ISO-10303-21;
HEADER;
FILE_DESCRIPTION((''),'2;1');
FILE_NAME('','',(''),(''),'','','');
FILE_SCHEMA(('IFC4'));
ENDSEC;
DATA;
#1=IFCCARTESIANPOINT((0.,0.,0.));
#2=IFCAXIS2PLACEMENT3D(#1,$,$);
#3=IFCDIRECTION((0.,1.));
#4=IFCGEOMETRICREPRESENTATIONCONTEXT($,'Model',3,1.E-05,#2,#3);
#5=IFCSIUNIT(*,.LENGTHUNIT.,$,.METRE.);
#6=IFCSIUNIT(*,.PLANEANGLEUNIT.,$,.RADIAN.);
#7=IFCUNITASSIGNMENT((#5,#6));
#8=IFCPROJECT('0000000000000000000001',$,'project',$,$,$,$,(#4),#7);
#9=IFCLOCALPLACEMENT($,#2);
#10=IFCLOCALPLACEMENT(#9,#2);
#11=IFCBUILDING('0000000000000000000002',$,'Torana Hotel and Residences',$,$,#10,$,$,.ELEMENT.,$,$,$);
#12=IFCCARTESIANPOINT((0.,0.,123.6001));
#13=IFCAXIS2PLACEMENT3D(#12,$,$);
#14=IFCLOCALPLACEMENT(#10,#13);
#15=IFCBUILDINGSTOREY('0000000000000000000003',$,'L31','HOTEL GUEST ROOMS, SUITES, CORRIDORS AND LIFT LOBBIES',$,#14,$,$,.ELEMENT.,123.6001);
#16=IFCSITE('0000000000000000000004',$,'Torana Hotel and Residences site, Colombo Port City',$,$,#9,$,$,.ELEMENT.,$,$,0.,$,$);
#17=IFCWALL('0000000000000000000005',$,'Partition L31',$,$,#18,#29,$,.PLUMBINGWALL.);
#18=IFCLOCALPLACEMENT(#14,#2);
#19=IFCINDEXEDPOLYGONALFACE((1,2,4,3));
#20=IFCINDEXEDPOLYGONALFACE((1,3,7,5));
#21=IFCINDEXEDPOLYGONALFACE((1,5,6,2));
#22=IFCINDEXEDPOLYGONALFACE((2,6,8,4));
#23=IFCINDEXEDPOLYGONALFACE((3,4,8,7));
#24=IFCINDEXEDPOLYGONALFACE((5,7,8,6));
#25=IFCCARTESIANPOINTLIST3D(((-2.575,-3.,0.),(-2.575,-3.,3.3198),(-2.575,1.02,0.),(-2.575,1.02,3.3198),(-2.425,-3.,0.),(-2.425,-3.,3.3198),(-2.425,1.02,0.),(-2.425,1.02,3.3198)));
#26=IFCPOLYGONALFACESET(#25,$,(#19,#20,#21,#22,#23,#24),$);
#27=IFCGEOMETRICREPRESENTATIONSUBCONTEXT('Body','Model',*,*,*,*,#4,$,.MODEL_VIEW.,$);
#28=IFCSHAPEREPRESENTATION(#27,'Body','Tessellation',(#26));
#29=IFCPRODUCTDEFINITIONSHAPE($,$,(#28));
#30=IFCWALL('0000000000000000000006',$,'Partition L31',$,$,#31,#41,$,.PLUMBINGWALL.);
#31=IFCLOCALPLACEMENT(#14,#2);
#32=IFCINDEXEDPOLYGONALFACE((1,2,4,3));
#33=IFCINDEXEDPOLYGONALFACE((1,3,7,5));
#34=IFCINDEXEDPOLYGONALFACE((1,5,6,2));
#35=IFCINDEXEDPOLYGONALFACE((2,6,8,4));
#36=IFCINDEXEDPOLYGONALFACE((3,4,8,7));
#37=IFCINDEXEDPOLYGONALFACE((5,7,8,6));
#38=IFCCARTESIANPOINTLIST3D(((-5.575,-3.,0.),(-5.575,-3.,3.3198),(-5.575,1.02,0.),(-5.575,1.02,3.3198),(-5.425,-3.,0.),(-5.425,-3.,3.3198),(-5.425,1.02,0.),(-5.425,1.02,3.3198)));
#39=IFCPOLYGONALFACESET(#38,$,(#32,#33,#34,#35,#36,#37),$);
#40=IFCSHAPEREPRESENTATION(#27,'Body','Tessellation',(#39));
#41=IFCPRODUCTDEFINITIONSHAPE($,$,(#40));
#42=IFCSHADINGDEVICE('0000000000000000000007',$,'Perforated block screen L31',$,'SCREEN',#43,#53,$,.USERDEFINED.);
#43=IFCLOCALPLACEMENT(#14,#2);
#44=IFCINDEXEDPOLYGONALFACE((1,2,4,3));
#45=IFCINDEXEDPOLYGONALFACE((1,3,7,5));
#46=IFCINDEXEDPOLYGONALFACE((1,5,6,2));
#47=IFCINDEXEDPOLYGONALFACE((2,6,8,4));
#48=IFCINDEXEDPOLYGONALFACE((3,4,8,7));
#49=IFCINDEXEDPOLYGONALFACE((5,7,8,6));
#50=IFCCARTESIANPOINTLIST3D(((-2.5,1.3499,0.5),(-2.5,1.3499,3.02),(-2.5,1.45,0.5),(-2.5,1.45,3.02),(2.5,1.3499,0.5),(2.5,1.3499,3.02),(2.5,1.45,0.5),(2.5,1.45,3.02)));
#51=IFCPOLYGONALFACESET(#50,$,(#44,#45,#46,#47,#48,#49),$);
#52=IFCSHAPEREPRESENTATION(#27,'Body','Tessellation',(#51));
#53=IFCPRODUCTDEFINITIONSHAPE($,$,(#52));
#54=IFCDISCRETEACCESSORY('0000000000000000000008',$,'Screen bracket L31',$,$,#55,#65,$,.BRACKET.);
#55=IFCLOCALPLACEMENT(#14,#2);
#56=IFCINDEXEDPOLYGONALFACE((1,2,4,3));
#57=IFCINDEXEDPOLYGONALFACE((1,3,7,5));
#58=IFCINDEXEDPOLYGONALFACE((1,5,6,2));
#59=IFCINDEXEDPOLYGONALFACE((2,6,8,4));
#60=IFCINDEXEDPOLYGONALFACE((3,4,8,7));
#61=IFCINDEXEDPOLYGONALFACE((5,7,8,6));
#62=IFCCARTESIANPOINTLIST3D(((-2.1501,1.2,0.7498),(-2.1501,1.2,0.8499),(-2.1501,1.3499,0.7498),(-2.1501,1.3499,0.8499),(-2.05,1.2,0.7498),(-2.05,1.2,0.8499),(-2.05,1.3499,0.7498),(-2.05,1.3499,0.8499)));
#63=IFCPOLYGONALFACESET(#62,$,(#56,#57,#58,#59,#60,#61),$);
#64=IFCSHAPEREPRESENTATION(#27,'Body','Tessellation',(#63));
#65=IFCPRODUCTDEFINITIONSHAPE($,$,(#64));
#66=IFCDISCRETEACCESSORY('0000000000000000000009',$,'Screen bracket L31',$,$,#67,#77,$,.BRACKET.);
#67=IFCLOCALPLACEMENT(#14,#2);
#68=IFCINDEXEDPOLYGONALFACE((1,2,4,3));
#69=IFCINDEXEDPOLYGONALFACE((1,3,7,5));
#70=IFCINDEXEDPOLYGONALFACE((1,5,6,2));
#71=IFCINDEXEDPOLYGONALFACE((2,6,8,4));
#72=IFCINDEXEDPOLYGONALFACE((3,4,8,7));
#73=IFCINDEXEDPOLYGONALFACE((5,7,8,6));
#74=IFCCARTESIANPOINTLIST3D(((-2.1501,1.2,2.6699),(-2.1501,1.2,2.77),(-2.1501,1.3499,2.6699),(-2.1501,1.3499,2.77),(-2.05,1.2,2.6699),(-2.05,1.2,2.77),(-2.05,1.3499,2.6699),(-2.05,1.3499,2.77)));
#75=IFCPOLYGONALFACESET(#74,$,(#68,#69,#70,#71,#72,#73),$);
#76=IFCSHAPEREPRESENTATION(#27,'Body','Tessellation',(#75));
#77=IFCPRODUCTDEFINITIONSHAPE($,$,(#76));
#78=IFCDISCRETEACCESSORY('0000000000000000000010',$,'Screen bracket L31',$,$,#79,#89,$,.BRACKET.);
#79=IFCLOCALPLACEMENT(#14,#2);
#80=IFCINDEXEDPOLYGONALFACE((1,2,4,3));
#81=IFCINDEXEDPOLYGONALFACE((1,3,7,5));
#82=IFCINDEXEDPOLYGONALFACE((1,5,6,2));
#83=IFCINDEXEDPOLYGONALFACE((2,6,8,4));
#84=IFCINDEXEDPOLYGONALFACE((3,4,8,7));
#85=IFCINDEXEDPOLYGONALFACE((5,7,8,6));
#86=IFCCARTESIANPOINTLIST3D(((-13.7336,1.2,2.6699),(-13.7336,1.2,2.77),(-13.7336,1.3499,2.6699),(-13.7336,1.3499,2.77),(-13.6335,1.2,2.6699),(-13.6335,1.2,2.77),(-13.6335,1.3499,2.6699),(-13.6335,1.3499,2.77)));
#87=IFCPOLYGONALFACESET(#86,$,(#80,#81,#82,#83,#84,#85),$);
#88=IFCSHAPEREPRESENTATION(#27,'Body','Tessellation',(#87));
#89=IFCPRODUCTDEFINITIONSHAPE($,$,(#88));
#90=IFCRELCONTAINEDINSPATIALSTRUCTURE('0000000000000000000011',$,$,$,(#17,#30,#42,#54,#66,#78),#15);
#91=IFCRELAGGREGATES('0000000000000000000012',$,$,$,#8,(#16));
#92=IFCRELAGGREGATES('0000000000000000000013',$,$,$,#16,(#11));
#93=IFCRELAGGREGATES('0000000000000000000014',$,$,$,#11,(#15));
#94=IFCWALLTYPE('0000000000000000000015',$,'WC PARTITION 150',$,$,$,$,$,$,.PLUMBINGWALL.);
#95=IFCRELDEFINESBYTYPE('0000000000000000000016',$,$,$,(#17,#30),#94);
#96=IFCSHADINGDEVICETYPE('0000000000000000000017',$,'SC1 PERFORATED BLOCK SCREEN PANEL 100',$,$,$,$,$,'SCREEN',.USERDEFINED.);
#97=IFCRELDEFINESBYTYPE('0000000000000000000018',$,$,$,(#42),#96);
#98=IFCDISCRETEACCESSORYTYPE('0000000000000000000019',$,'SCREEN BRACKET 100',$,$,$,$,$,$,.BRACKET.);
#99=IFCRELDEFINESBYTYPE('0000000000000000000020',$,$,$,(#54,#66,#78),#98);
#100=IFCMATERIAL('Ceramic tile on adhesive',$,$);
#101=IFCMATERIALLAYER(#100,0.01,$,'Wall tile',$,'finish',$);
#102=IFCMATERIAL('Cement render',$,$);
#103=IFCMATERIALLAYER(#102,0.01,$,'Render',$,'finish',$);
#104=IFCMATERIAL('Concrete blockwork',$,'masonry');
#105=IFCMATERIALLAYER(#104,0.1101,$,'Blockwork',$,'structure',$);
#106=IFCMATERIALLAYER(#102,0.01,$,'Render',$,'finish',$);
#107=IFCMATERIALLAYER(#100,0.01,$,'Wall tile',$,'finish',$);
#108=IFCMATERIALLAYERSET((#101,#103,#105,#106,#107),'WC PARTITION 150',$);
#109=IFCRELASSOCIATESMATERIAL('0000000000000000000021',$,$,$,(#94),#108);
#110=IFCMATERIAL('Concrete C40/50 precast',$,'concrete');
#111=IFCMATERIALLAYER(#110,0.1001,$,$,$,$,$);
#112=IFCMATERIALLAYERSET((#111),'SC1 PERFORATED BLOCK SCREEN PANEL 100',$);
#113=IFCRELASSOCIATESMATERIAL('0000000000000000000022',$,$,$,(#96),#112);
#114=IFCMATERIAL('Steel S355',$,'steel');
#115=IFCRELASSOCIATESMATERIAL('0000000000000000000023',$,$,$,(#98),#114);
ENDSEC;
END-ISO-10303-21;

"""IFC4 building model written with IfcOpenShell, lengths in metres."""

from ifc_helpers import new_model, si_unit, direction, frame, frame_2d, origin, origin_2d, place, context, subcontext, project, spatial, rectangle, extrude, material, layer, layer_set, type_object, element, save


model = new_model("IFC4")

# Units and contexts
model_context = context("Model", 3, precision=1e-05, world=origin(), true_north=direction((0.0, 1.0)))
body_context = subcontext(model_context, "Body", "Model", "MODEL_VIEW")
ifc_project = project(units=[si_unit("LENGTHUNIT", "METRE"), si_unit("PLANEANGLEUNIT", "RADIAN")], contexts=[model_context])

# Site, building, storey
site_placement = place(None, origin())
site = spatial("IfcSite", under=ifc_project, at=site_placement, Name="Torana Hotel and Residences site, Colombo Port City", CompositionType="ELEMENT", RefElevation=0.0)
building_placement = place(site_placement, origin())
building = spatial("IfcBuilding", under=site, at=building_placement, Name="Torana Hotel and Residences", CompositionType="ELEMENT")
storey_placement = place(building_placement, frame((0.0, 0.0, 123.6001)))
storey = spatial("IfcBuildingStorey", under=building, at=storey_placement, Name="L31", Description="HOTEL GUEST ROOMS, SUITES, CORRIDORS AND LIFT LOBBIES", CompositionType="ELEMENT", Elevation=123.6001)

# Walls
ifc_material_1 = material(Name="Ceramic tile on adhesive")
ifc_layer_1 = layer(ifc_material_1, 0.01, Name="Wall tile", Category="finish")
ifc_material_2 = material(Name="Cement render")
ifc_layer_2 = layer(ifc_material_2, 0.01, Name="Render", Category="finish")
ifc_material_3 = material(Name="Concrete blockwork", Category="masonry")
ifc_layer_3 = layer(ifc_material_3, 0.1101, Name="Blockwork", Category="structure")
ifc_layer_4 = layer(ifc_material_2, 0.01, Name="Render", Category="finish")
ifc_layer_5 = layer(ifc_material_1, 0.01, Name="Wall tile", Category="finish")
ifc_layer_set_1 = layer_set([ifc_layer_1, ifc_layer_2, ifc_layer_3, ifc_layer_4, ifc_layer_5], Name="WC PARTITION 150")
wall_type_1 = type_object("IfcWallType", Name="WC PARTITION 150", PredefinedType="PLUMBINGWALL", material=ifc_layer_set_1)
for number, where, z_axis, x_axis, name in (
    (1, (-2.5, -3.0, 0.0), (0.0, 0.0, 1.0), (0.0, 1.0, 0.0), "Partition L31"),
    (2, (-5.5, -3.0, 0.0), (0.0, 0.0, 1.0), (0.0, 1.0, 0.0), "Partition L31"),
):
    element("IfcWall", number, at=place(storey_placement, frame(where, z_axis=z_axis, x_axis=x_axis)), inside=storey, type_object=wall_type_1, Name=name, PredefinedType="PLUMBINGWALL", context=body_context, shape_type="SweptSolid", body=[
        extrude(rectangle(XDim=4.02, YDim=0.1499, at=frame_2d((2.01, 0.0))), origin(), (0.0, 0.0, 1.0), 3.3198),
    ])

# Shading device
ifc_material_4 = material(Name="Concrete C40/50 precast", Category="concrete")
ifc_layer_6 = layer(ifc_material_4, 0.1001)
ifc_layer_set_2 = layer_set([ifc_layer_6], Name="SC1 PERFORATED BLOCK SCREEN PANEL 100")
shading_device_type = type_object("IfcShadingDeviceType", Name="SC1 PERFORATED BLOCK SCREEN PANEL 100", ElementType="SCREEN", PredefinedType="USERDEFINED", material=ifc_layer_set_2)
shading_device_placement = place(storey_placement, frame((0.0, 1.3999, 0.5), z_axis=(0.0, 0.0, 1.0), x_axis=(-1.0, 0.0, 0.0)))
element("IfcShadingDevice", 3, at=shading_device_placement, inside=storey, type_object=shading_device_type, Name="Perforated block screen L31", ObjectType="SCREEN", PredefinedType="USERDEFINED", context=body_context, shape_type="SweptSolid", body=[
    extrude(rectangle(XDim=5.0, YDim=0.1001, at=origin_2d()), origin(), (0.0, 0.0, 1.0), 2.52),
])

# Discrete accessories
ifc_material_5 = material(Name="Steel S355", Category="steel")
discrete_accessory_type = type_object("IfcDiscreteAccessoryType", Name="SCREEN BRACKET 100", PredefinedType="BRACKET", material=ifc_material_5)
for number, where, z_axis, x_axis, name in (
    (4, (-2.1001, 1.2749, 0.7498), (0.0, 0.0, 1.0), (-1.0, 0.0, 0.0), "Screen bracket L31"),
    (5, (-2.1001, 1.2749, 2.6699), (0.0, 0.0, 1.0), (-1.0, 0.0, 0.0), "Screen bracket L31"),
    (6, (-13.6836, 1.2749, 2.6699), (0.0, 0.0, 1.0), (-1.0, 0.0, 0.0), "Screen bracket L31"),
):
    element("IfcDiscreteAccessory", number, at=place(storey_placement, frame(where, z_axis=z_axis, x_axis=x_axis)), inside=storey, type_object=discrete_accessory_type, Name=name, PredefinedType="BRACKET", context=body_context, shape_type="SweptSolid", body=[
        extrude(rectangle(XDim=0.1001, YDim=0.1499, at=origin_2d()), origin(), (0.0, 0.0, 1.0), 0.1001),
    ])

save(model, "model.ifc")
